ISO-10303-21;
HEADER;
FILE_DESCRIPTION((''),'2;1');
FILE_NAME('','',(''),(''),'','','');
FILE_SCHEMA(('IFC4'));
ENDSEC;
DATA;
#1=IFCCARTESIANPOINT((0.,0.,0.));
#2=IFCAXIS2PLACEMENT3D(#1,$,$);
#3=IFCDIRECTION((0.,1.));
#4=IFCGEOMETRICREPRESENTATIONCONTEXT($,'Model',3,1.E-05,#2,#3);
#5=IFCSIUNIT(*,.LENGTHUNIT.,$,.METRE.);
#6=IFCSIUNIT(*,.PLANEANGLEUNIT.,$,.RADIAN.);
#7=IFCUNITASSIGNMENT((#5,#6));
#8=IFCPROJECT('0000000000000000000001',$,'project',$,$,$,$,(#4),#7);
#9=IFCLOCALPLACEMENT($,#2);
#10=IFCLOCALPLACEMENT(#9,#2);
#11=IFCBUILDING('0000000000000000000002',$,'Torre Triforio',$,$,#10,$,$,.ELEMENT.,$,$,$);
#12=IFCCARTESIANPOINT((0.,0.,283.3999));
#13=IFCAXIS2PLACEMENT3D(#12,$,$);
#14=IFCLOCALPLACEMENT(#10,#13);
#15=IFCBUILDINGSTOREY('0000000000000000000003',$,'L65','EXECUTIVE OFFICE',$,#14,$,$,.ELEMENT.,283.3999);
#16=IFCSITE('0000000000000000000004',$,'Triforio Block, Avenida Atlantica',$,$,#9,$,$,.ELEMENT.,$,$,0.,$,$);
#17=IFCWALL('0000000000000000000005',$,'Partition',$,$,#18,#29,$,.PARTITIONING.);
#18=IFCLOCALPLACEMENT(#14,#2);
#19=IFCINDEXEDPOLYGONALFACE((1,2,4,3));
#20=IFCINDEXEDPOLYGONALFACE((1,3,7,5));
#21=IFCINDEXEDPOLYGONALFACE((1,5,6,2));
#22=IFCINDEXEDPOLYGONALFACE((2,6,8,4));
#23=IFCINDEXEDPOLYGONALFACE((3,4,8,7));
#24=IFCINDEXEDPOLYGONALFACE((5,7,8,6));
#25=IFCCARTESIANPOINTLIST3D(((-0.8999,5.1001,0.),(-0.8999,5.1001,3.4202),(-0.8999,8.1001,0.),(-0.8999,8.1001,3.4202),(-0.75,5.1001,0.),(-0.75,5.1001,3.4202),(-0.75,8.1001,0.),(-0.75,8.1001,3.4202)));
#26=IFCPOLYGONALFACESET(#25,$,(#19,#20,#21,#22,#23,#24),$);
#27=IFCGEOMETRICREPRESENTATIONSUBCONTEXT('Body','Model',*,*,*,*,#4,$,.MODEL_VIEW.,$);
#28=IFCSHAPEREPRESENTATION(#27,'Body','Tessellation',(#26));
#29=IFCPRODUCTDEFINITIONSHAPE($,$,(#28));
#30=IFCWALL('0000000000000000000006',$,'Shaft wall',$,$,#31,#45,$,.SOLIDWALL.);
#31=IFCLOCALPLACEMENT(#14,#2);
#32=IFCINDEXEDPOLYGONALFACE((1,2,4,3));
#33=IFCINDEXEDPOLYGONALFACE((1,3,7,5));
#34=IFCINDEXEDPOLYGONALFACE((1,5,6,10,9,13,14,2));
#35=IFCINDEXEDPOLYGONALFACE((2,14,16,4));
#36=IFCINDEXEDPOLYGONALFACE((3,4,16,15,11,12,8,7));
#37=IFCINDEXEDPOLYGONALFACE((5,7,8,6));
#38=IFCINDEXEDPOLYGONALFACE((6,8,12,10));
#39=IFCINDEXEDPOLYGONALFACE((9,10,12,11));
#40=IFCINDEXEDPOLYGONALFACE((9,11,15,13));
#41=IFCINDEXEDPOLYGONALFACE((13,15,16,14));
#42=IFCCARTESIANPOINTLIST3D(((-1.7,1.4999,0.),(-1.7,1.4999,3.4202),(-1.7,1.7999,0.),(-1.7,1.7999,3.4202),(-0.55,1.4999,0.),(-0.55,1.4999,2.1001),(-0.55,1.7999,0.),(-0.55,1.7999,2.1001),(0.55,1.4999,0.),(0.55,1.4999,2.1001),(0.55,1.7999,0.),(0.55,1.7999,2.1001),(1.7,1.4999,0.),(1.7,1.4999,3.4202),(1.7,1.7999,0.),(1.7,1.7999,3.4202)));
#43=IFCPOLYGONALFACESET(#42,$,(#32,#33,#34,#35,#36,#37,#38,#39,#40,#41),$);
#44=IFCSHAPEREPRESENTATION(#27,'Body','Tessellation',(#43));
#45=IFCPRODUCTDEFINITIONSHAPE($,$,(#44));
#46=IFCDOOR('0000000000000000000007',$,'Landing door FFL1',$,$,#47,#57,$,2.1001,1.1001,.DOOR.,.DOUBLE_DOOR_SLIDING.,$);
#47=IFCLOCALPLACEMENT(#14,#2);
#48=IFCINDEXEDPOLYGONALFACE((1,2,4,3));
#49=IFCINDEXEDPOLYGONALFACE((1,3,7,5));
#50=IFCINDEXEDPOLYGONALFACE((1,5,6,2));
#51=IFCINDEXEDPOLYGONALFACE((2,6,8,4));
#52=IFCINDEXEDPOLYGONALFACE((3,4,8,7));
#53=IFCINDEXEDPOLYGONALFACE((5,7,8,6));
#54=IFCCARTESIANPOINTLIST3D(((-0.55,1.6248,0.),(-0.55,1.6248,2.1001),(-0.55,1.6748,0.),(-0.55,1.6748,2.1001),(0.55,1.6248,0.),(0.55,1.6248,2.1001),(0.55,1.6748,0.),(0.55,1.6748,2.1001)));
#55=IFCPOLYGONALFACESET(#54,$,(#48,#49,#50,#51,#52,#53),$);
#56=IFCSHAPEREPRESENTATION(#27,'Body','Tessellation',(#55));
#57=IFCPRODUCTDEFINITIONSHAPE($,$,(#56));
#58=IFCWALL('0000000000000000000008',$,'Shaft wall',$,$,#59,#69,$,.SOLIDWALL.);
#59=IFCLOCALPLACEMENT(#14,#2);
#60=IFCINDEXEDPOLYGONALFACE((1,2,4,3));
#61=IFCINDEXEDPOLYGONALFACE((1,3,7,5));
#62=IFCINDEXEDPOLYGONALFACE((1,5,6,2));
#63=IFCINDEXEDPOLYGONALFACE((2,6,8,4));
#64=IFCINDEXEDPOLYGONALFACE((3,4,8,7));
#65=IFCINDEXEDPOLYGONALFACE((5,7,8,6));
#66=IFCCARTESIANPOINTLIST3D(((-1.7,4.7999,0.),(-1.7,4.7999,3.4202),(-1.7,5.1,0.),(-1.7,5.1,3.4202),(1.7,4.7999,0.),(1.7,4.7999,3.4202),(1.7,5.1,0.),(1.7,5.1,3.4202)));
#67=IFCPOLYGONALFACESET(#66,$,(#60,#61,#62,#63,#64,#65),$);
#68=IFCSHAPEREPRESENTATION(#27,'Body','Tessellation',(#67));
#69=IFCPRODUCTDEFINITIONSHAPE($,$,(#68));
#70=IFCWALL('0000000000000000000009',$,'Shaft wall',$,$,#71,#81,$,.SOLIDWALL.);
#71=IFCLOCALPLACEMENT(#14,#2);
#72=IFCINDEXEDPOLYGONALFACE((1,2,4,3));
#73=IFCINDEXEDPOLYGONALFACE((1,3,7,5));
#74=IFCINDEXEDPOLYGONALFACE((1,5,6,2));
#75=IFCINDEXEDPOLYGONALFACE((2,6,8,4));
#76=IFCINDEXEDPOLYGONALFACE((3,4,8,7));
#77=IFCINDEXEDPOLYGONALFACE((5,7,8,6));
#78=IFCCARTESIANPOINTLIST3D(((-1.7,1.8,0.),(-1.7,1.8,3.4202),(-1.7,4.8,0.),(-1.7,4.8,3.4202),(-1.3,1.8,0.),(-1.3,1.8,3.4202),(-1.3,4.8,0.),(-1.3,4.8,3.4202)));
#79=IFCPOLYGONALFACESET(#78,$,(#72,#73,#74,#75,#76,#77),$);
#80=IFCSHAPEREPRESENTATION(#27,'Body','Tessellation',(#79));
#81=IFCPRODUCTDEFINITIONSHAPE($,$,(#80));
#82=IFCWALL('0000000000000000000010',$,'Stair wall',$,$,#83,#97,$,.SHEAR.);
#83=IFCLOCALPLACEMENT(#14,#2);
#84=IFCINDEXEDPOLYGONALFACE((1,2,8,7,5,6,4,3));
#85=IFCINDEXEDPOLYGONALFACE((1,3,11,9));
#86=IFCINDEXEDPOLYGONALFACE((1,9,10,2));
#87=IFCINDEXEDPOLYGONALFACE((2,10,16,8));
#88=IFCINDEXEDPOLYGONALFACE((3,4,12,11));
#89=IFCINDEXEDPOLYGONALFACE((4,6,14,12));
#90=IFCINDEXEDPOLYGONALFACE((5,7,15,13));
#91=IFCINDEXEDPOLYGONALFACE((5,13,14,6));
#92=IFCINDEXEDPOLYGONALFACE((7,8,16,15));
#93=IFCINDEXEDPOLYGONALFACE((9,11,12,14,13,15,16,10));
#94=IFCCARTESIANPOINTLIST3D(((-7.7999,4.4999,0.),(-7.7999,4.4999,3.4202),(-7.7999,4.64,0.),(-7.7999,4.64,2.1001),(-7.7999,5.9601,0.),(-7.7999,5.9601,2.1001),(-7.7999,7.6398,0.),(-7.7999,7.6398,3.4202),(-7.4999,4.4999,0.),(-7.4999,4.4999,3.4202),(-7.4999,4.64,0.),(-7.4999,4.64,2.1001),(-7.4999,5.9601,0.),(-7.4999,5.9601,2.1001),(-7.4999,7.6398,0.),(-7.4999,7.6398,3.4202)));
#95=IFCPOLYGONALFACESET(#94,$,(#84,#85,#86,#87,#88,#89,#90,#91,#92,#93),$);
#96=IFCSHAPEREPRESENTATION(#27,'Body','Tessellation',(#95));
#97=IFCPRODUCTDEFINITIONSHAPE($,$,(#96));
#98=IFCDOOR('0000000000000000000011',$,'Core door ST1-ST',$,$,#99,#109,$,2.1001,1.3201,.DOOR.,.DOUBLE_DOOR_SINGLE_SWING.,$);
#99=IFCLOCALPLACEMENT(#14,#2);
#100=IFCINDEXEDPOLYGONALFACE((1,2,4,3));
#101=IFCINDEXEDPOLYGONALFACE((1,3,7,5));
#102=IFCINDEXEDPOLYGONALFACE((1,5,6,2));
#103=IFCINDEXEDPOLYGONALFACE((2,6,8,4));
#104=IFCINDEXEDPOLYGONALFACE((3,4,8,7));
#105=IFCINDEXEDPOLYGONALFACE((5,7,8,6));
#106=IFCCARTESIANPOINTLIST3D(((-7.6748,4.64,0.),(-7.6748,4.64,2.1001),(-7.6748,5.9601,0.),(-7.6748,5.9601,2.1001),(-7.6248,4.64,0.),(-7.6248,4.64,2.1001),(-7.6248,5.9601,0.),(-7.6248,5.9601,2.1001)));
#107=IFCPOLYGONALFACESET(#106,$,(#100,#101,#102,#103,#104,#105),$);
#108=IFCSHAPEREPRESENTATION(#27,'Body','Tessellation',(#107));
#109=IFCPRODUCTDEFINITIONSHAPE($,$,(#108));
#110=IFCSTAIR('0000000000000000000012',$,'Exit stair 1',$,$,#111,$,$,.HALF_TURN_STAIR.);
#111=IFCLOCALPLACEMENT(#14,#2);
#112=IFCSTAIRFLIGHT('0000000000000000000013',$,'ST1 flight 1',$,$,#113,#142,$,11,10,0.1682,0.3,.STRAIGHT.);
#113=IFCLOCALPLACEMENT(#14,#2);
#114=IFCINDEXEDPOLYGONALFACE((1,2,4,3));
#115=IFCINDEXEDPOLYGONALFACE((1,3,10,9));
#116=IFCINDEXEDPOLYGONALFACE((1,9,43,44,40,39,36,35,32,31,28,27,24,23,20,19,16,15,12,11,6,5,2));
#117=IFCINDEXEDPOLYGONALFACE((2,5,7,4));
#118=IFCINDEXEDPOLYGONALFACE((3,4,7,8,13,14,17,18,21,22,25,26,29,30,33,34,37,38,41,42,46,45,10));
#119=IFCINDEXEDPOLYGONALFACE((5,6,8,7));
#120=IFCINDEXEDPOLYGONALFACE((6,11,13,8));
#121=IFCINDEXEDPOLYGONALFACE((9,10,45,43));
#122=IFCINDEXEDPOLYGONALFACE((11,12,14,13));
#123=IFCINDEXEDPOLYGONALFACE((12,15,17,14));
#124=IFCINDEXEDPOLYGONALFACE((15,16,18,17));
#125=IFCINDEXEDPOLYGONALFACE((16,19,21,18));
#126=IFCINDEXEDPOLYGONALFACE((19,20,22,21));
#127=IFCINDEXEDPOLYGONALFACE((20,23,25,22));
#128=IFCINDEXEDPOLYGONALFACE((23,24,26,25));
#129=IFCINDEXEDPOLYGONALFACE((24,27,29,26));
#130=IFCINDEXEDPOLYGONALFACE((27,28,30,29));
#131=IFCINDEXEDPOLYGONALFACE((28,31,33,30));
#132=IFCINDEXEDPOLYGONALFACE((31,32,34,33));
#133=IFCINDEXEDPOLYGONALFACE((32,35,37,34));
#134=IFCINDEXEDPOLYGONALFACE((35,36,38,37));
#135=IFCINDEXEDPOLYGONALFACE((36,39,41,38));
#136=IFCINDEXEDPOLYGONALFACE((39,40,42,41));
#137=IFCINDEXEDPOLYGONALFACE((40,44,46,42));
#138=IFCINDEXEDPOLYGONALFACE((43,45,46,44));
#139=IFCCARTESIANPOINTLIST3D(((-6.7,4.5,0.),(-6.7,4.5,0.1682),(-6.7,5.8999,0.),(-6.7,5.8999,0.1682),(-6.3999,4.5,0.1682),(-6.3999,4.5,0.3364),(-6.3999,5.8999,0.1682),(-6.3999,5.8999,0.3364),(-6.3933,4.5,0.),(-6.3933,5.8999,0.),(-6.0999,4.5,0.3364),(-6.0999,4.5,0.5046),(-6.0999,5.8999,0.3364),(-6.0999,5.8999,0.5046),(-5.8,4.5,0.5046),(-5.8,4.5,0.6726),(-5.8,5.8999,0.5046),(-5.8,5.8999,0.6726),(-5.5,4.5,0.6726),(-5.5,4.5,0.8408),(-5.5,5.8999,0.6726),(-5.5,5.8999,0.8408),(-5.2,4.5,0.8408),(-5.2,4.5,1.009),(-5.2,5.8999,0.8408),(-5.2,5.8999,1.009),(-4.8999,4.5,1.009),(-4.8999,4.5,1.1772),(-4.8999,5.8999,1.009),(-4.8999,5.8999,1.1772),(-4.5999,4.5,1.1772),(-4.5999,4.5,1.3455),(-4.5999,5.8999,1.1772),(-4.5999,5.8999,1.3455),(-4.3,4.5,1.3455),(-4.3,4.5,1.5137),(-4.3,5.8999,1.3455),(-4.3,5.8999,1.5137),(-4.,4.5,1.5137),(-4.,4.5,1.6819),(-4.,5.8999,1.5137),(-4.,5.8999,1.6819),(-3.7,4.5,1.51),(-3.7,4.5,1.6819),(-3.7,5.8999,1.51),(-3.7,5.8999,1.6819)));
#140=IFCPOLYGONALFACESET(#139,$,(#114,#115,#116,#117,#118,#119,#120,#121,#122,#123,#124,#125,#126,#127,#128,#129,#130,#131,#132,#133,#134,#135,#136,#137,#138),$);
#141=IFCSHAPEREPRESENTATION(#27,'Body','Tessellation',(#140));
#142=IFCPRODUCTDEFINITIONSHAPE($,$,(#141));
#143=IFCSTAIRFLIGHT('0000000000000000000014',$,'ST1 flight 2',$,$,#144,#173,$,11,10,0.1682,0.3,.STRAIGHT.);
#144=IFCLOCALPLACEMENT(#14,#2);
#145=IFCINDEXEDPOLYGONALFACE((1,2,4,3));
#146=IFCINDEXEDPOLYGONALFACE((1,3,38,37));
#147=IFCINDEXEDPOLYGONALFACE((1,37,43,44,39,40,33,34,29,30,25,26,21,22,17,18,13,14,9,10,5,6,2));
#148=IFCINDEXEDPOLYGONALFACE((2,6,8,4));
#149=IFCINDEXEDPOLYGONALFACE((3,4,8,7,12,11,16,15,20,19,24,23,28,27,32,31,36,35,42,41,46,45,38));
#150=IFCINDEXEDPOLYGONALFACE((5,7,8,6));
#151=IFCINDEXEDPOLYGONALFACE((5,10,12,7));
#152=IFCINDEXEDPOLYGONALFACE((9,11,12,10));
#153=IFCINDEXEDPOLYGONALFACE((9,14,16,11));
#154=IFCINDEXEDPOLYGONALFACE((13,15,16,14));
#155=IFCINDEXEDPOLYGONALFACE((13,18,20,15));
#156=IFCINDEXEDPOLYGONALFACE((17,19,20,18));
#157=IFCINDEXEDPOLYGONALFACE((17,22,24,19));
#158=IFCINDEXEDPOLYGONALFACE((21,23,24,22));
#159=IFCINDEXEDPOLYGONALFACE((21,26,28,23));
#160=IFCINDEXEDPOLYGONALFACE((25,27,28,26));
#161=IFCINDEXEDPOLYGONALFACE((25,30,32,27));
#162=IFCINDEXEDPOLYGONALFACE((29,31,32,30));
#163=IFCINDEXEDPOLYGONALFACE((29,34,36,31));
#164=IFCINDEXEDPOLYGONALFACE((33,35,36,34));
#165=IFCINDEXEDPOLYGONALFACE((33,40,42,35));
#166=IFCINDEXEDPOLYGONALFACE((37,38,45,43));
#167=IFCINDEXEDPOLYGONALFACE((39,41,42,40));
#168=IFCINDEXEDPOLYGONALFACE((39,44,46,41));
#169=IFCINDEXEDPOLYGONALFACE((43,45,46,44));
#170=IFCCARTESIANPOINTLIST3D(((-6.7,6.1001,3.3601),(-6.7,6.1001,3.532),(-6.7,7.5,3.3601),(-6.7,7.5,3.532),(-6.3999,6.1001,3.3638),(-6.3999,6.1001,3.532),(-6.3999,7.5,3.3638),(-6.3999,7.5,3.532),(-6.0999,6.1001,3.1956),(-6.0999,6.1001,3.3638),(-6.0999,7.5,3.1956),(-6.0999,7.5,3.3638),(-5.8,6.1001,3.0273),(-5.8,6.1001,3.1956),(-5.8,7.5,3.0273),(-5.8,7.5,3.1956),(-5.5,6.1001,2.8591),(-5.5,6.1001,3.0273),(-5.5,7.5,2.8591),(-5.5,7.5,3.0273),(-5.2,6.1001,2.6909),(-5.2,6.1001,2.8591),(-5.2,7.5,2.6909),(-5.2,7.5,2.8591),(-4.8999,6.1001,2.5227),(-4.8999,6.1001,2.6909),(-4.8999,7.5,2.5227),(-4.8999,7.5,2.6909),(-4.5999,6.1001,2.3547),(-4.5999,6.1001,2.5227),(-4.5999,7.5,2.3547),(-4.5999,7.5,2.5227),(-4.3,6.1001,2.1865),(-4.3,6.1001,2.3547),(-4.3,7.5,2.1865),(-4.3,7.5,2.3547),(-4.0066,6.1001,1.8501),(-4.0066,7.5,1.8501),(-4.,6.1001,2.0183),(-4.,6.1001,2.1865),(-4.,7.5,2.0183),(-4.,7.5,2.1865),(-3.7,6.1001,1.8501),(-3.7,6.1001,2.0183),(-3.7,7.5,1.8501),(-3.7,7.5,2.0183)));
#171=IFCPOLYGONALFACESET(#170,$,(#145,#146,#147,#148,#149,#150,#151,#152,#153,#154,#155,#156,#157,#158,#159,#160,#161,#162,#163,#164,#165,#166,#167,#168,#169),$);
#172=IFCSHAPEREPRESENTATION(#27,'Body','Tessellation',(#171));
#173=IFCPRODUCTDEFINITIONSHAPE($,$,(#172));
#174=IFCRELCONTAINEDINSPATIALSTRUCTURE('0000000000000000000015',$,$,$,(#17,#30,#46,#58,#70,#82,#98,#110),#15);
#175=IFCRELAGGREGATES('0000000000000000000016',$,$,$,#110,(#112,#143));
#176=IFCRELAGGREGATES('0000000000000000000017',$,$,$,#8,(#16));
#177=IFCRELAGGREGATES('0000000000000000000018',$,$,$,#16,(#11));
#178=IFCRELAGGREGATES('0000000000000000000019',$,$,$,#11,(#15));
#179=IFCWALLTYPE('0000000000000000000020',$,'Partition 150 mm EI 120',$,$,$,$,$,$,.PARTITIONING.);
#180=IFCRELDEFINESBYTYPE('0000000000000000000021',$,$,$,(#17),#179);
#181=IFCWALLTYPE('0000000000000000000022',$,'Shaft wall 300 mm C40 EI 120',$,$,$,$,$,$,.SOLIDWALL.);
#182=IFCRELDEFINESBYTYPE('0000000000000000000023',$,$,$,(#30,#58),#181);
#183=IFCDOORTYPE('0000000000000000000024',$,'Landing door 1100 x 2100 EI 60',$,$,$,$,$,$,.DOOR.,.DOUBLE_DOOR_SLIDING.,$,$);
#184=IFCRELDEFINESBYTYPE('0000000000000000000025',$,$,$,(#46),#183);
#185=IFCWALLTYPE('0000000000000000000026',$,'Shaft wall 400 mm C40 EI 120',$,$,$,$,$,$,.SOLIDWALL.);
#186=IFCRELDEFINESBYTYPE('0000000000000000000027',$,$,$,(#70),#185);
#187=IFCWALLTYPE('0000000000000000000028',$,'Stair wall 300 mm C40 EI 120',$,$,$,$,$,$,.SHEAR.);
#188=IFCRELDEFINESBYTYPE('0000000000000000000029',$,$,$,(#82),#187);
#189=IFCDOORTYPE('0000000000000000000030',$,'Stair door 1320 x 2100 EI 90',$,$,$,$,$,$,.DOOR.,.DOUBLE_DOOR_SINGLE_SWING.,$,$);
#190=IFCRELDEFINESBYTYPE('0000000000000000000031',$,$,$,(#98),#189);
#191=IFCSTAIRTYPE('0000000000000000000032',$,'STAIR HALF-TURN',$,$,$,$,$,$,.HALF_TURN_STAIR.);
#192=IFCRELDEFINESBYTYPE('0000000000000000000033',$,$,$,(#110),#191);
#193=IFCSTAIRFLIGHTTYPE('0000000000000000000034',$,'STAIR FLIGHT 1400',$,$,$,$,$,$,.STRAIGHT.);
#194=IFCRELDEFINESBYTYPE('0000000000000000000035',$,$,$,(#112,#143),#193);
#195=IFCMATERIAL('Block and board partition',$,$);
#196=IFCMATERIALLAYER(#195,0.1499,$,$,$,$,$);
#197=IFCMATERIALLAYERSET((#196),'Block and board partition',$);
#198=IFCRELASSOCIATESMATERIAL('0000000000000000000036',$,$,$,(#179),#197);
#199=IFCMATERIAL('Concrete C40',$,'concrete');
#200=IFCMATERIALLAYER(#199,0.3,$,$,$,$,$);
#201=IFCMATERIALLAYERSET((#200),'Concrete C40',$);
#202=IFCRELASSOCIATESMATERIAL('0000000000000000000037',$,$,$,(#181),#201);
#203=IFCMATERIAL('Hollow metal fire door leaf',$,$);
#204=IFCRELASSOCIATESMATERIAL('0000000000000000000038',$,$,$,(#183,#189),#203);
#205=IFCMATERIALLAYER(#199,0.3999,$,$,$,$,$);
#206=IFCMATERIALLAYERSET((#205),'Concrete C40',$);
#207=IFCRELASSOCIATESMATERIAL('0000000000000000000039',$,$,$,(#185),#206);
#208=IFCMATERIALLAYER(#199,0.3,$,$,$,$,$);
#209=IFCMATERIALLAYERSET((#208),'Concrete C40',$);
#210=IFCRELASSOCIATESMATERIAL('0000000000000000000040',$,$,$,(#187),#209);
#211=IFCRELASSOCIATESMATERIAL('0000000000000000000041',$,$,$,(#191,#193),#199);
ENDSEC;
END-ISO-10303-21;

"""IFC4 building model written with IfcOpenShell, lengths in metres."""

from ifc_helpers import new_model, si_unit, direction, frame, frame_2d, origin, place, context, subcontext, project, spatial, polyline, rectangle, outline, extrude, material, layer, layer_set, type_object, element, fill, aggregate, save


model = new_model("IFC4")

# Units and contexts
model_context = context("Model", 3, precision=1e-05, world=origin(), true_north=direction((0.0, 1.0)))
body_context = subcontext(model_context, "Body", "Model", "MODEL_VIEW")
ifc_project = project(units=[si_unit("LENGTHUNIT", "METRE"), si_unit("PLANEANGLEUNIT", "RADIAN")], contexts=[model_context])

# Site, building, storey
site_placement = place(None, origin())
site = spatial("IfcSite", under=ifc_project, at=site_placement, Name="Triforio Block, Avenida Atlantica", CompositionType="ELEMENT", RefElevation=0.0)
building_placement = place(site_placement, origin())
building = spatial("IfcBuilding", under=site, at=building_placement, Name="Torre Triforio", CompositionType="ELEMENT")
storey_placement = place(building_placement, frame((0.0, 0.0, 283.3999)))
storey = spatial("IfcBuildingStorey", under=building, at=storey_placement, Name="L65", Description="EXECUTIVE OFFICE", CompositionType="ELEMENT", Elevation=283.3999)

# Shared definitions
ifc_material_1 = material(Name="Concrete C40", Category="concrete")

# Wall
ifc_material_2 = material(Name="Block and board partition")
ifc_layer_1 = layer(ifc_material_2, 0.1499)
ifc_layer_set_1 = layer_set([ifc_layer_1], Name="Block and board partition")
wall_type_1 = type_object("IfcWallType", Name="Partition 150 mm EI 120", PredefinedType="PARTITIONING", material=ifc_layer_set_1)
wall_1_placement = place(storey_placement, frame((-0.825, 5.1001, 0.0), z_axis=(0.0, 0.0, 1.0), x_axis=(0.0, 1.0, 0.0)))
element("IfcWall", 1, at=wall_1_placement, inside=storey, type_object=wall_type_1, Name="Partition", PredefinedType="PARTITIONING", context=body_context, shape_type="SweptSolid", body=[
    extrude(rectangle(XDim=3.0, YDim=0.1499, at=frame_2d((1.5, 0.0))), origin(), (0.0, 0.0, 1.0), 3.4202),
])

# Wall, opening, door
ifc_layer_2 = layer(ifc_material_1, 0.3)
ifc_layer_set_2 = layer_set([ifc_layer_2], Name="Concrete C40")
wall_type_2 = type_object("IfcWallType", Name="Shaft wall 300 mm C40 EI 120", PredefinedType="SOLIDWALL", material=ifc_layer_set_2)
wall_2_placement = place(storey_placement, frame((-1.7, 1.6499, 0.0), z_axis=(0.0, 0.0, 1.0), x_axis=(1.0, 0.0, 0.0)))
wall_2 = element("IfcWall", 2, at=wall_2_placement, inside=storey, type_object=wall_type_2, Name="Shaft wall", PredefinedType="SOLIDWALL", context=body_context, shape_type="SweptSolid", body=[
    extrude(rectangle(XDim=3.3999, YDim=0.3, at=frame_2d((1.7, 0.0))), origin(), (0.0, 0.0, 1.0), 3.4202),
])
opening_1_placement = place(wall_2_placement, frame((1.1499, 0.0, 0.0)))
opening_1 = element("IfcOpeningElement", 3, at=opening_1_placement, cuts=wall_2, PredefinedType="OPENING", context=body_context, shape_type="SweptSolid", body=[
    extrude(rectangle(XDim=1.1001, YDim=2.1001, at=frame_2d((0.55, 1.05))), frame((0.0, 0.1599, 0.0), z_axis=(0.0, -1.0, 0.0), x_axis=(1.0, 0.0, 0.0)), (0.0, 0.0, 1.0), 0.3201),
])
ifc_material_3 = material(Name="Hollow metal fire door leaf")
door_type_1 = type_object("IfcDoorType", Name="Landing door 1100 x 2100 EI 60", OperationType="DOUBLE_DOOR_SLIDING", PredefinedType="DOOR", material=ifc_material_3)
door_1_placement = place(opening_1_placement, origin())
door_1 = element("IfcDoor", 4, at=door_1_placement, inside=storey, type_object=door_type_1, Name="Landing door FFL1", OperationType="DOUBLE_DOOR_SLIDING", OverallHeight=2.1001, OverallWidth=1.1001, PredefinedType="DOOR", context=body_context, shape_type="SweptSolid", body=[
    extrude(rectangle(XDim=1.1001, YDim=2.1001, at=frame_2d((0.55, 1.05))), frame((0.0, 0.0249, 0.0), z_axis=(0.0, -1.0, 0.0), x_axis=(1.0, 0.0, 0.0)), (0.0, 0.0, 1.0), 0.05),
])
fill(opening_1, door_1)

# Walls
wall_3_placement = place(storey_placement, frame((-1.7, 4.95, 0.0), z_axis=(0.0, 0.0, 1.0), x_axis=(1.0, 0.0, 0.0)))
element("IfcWall", 5, at=wall_3_placement, inside=storey, type_object=wall_type_2, Name="Shaft wall", PredefinedType="SOLIDWALL", context=body_context, shape_type="SweptSolid", body=[
    extrude(rectangle(XDim=3.3999, YDim=0.3, at=frame_2d((1.7, 0.0))), origin(), (0.0, 0.0, 1.0), 3.4202),
])
ifc_layer_3 = layer(ifc_material_1, 0.3999)
ifc_layer_set_3 = layer_set([ifc_layer_3], Name="Concrete C40")
wall_type_3 = type_object("IfcWallType", Name="Shaft wall 400 mm C40 EI 120", PredefinedType="SOLIDWALL", material=ifc_layer_set_3)
wall_4_placement = place(storey_placement, frame((-1.5, 1.8, 0.0), z_axis=(0.0, 0.0, 1.0), x_axis=(0.0, 1.0, 0.0)))
element("IfcWall", 6, at=wall_4_placement, inside=storey, type_object=wall_type_3, Name="Shaft wall", PredefinedType="SOLIDWALL", context=body_context, shape_type="SweptSolid", body=[
    extrude(rectangle(XDim=3.0, YDim=0.3999, at=frame_2d((1.5, 0.0))), origin(), (0.0, 0.0, 1.0), 3.4202),
])

# Wall, opening, door
ifc_layer_4 = layer(ifc_material_1, 0.3)
ifc_layer_set_4 = layer_set([ifc_layer_4], Name="Concrete C40")
wall_type_4 = type_object("IfcWallType", Name="Stair wall 300 mm C40 EI 120", PredefinedType="SHEAR", material=ifc_layer_set_4)
wall_5_placement = place(storey_placement, frame((-7.6499, 4.5, 0.0), z_axis=(0.0, 0.0, 1.0), x_axis=(0.0, 1.0, 0.0)))
wall_5 = element("IfcWall", 7, at=wall_5_placement, inside=storey, type_object=wall_type_4, Name="Stair wall", PredefinedType="SHEAR", context=body_context, shape_type="SweptSolid", body=[
    extrude(rectangle(XDim=3.1399, YDim=0.3, at=frame_2d((1.5698, 0.0))), origin(), (0.0, 0.0, 1.0), 3.4202),
])
opening_2_placement = place(wall_5_placement, frame((0.1399, 0.0, 0.0)))
opening_2 = element("IfcOpeningElement", 8, at=opening_2_placement, cuts=wall_5, PredefinedType="OPENING", context=body_context, shape_type="SweptSolid", body=[
    extrude(rectangle(XDim=1.3201, YDim=2.1001, at=frame_2d((0.6602, 1.05))), frame((0.0, 0.1599, 0.0), z_axis=(0.0, -1.0, 0.0), x_axis=(1.0, 0.0, 0.0)), (0.0, 0.0, 1.0), 0.3201),
])
door_type_2 = type_object("IfcDoorType", Name="Stair door 1320 x 2100 EI 90", OperationType="DOUBLE_DOOR_SINGLE_SWING", PredefinedType="DOOR", material=ifc_material_3)
door_2_placement = place(opening_2_placement, origin())
door_2 = element("IfcDoor", 9, at=door_2_placement, inside=storey, type_object=door_type_2, Name="Core door ST1-ST", OperationType="DOUBLE_DOOR_SINGLE_SWING", OverallHeight=2.1001, OverallWidth=1.3201, PredefinedType="DOOR", context=body_context, shape_type="SweptSolid", body=[
    extrude(rectangle(XDim=1.3201, YDim=2.1001, at=frame_2d((0.6602, 1.05))), frame((0.0, 0.0249, 0.0), z_axis=(0.0, -1.0, 0.0), x_axis=(1.0, 0.0, 0.0)), (0.0, 0.0, 1.0), 0.05),
])
fill(opening_2, door_2)

# Stair, stair flights
stair_type = type_object("IfcStairType", Name="STAIR HALF-TURN", PredefinedType="HALF_TURN_STAIR", material=ifc_material_1)
stair_placement = place(storey_placement, origin())
stair = element("IfcStair", 10, at=stair_placement, inside=storey, type_object=stair_type, Name="Exit stair 1", PredefinedType="HALF_TURN_STAIR")
stair_flight_type = type_object("IfcStairFlightType", Name="STAIR FLIGHT 1400", PredefinedType="STRAIGHT", material=ifc_material_1)
stair_flight_1_placement = place(storey_placement, frame((-6.7, 5.2, 0.0), z_axis=(0.0, 0.0, 1.0), x_axis=(1.0, 0.0, 0.0)))
stair_flight_1 = element("IfcStairFlight", 11, at=stair_flight_1_placement, type_object=stair_flight_type, Name="ST1 flight 1", NumberOfRisers=11, NumberOfTreads=10, PredefinedType="STRAIGHT", RiserHeight=0.1682, TreadLength=0.3, context=body_context, shape_type="SweptSolid", body=[
    extrude(outline(polyline([(0.0, 0.0), (0.0, 0.1682), (0.3, 0.1682), (0.3, 0.3364), (0.6001, 0.3364), (0.6001, 0.5046), (0.8999, 0.5046), (0.8999, 0.6726), (1.2, 0.6726), (1.2, 0.8408), (1.5, 0.8408), (1.5, 1.009), (1.8, 1.009), (1.8, 1.1772), (2.1001, 1.1772), (2.1001, 1.3455), (2.3999, 1.3455), (2.3999, 1.5137), (2.7, 1.5137), (2.7, 1.6819), (3.0, 1.6819), (3.0, 1.8501), (3.0, 1.51), (0.3066, 0.0), (0.0, 0.0)])), frame((0.0, 0.7, 0.0), z_axis=(0.0, -1.0, 0.0), x_axis=(1.0, 0.0, 0.0)), (0.0, 0.0, 1.0), 1.3999),
])
stair_flight_2_placement = place(storey_placement, frame((-3.7, 6.8, 1.8501), z_axis=(0.0, 0.0, 1.0), x_axis=(-1.0, 0.0, 0.0)))
stair_flight_2 = element("IfcStairFlight", 12, at=stair_flight_2_placement, type_object=stair_flight_type, Name="ST1 flight 2", NumberOfRisers=11, NumberOfTreads=10, PredefinedType="STRAIGHT", RiserHeight=0.1682, TreadLength=0.3, context=body_context, shape_type="SweptSolid", body=[
    extrude(outline(polyline([(0.0, 0.0), (0.0, 0.1682), (0.3, 0.1682), (0.3, 0.3364), (0.6001, 0.3364), (0.6001, 0.5046), (0.8999, 0.5046), (0.8999, 0.6726), (1.2, 0.6726), (1.2, 0.8408), (1.5, 0.8408), (1.5, 1.009), (1.8, 1.009), (1.8, 1.1772), (2.1001, 1.1772), (2.1001, 1.3455), (2.3999, 1.3455), (2.3999, 1.5137), (2.7, 1.5137), (2.7, 1.6819), (3.0, 1.6819), (3.0, 1.8501), (3.0, 1.51), (0.3066, 0.0), (0.0, 0.0)])), frame((0.0, 0.7, 0.0), z_axis=(0.0, -1.0, 0.0), x_axis=(1.0, 0.0, 0.0)), (0.0, 0.0, 1.0), 1.3999),
])
aggregate(stair, [stair_flight_1, stair_flight_2])

save(model, "model.ifc")
